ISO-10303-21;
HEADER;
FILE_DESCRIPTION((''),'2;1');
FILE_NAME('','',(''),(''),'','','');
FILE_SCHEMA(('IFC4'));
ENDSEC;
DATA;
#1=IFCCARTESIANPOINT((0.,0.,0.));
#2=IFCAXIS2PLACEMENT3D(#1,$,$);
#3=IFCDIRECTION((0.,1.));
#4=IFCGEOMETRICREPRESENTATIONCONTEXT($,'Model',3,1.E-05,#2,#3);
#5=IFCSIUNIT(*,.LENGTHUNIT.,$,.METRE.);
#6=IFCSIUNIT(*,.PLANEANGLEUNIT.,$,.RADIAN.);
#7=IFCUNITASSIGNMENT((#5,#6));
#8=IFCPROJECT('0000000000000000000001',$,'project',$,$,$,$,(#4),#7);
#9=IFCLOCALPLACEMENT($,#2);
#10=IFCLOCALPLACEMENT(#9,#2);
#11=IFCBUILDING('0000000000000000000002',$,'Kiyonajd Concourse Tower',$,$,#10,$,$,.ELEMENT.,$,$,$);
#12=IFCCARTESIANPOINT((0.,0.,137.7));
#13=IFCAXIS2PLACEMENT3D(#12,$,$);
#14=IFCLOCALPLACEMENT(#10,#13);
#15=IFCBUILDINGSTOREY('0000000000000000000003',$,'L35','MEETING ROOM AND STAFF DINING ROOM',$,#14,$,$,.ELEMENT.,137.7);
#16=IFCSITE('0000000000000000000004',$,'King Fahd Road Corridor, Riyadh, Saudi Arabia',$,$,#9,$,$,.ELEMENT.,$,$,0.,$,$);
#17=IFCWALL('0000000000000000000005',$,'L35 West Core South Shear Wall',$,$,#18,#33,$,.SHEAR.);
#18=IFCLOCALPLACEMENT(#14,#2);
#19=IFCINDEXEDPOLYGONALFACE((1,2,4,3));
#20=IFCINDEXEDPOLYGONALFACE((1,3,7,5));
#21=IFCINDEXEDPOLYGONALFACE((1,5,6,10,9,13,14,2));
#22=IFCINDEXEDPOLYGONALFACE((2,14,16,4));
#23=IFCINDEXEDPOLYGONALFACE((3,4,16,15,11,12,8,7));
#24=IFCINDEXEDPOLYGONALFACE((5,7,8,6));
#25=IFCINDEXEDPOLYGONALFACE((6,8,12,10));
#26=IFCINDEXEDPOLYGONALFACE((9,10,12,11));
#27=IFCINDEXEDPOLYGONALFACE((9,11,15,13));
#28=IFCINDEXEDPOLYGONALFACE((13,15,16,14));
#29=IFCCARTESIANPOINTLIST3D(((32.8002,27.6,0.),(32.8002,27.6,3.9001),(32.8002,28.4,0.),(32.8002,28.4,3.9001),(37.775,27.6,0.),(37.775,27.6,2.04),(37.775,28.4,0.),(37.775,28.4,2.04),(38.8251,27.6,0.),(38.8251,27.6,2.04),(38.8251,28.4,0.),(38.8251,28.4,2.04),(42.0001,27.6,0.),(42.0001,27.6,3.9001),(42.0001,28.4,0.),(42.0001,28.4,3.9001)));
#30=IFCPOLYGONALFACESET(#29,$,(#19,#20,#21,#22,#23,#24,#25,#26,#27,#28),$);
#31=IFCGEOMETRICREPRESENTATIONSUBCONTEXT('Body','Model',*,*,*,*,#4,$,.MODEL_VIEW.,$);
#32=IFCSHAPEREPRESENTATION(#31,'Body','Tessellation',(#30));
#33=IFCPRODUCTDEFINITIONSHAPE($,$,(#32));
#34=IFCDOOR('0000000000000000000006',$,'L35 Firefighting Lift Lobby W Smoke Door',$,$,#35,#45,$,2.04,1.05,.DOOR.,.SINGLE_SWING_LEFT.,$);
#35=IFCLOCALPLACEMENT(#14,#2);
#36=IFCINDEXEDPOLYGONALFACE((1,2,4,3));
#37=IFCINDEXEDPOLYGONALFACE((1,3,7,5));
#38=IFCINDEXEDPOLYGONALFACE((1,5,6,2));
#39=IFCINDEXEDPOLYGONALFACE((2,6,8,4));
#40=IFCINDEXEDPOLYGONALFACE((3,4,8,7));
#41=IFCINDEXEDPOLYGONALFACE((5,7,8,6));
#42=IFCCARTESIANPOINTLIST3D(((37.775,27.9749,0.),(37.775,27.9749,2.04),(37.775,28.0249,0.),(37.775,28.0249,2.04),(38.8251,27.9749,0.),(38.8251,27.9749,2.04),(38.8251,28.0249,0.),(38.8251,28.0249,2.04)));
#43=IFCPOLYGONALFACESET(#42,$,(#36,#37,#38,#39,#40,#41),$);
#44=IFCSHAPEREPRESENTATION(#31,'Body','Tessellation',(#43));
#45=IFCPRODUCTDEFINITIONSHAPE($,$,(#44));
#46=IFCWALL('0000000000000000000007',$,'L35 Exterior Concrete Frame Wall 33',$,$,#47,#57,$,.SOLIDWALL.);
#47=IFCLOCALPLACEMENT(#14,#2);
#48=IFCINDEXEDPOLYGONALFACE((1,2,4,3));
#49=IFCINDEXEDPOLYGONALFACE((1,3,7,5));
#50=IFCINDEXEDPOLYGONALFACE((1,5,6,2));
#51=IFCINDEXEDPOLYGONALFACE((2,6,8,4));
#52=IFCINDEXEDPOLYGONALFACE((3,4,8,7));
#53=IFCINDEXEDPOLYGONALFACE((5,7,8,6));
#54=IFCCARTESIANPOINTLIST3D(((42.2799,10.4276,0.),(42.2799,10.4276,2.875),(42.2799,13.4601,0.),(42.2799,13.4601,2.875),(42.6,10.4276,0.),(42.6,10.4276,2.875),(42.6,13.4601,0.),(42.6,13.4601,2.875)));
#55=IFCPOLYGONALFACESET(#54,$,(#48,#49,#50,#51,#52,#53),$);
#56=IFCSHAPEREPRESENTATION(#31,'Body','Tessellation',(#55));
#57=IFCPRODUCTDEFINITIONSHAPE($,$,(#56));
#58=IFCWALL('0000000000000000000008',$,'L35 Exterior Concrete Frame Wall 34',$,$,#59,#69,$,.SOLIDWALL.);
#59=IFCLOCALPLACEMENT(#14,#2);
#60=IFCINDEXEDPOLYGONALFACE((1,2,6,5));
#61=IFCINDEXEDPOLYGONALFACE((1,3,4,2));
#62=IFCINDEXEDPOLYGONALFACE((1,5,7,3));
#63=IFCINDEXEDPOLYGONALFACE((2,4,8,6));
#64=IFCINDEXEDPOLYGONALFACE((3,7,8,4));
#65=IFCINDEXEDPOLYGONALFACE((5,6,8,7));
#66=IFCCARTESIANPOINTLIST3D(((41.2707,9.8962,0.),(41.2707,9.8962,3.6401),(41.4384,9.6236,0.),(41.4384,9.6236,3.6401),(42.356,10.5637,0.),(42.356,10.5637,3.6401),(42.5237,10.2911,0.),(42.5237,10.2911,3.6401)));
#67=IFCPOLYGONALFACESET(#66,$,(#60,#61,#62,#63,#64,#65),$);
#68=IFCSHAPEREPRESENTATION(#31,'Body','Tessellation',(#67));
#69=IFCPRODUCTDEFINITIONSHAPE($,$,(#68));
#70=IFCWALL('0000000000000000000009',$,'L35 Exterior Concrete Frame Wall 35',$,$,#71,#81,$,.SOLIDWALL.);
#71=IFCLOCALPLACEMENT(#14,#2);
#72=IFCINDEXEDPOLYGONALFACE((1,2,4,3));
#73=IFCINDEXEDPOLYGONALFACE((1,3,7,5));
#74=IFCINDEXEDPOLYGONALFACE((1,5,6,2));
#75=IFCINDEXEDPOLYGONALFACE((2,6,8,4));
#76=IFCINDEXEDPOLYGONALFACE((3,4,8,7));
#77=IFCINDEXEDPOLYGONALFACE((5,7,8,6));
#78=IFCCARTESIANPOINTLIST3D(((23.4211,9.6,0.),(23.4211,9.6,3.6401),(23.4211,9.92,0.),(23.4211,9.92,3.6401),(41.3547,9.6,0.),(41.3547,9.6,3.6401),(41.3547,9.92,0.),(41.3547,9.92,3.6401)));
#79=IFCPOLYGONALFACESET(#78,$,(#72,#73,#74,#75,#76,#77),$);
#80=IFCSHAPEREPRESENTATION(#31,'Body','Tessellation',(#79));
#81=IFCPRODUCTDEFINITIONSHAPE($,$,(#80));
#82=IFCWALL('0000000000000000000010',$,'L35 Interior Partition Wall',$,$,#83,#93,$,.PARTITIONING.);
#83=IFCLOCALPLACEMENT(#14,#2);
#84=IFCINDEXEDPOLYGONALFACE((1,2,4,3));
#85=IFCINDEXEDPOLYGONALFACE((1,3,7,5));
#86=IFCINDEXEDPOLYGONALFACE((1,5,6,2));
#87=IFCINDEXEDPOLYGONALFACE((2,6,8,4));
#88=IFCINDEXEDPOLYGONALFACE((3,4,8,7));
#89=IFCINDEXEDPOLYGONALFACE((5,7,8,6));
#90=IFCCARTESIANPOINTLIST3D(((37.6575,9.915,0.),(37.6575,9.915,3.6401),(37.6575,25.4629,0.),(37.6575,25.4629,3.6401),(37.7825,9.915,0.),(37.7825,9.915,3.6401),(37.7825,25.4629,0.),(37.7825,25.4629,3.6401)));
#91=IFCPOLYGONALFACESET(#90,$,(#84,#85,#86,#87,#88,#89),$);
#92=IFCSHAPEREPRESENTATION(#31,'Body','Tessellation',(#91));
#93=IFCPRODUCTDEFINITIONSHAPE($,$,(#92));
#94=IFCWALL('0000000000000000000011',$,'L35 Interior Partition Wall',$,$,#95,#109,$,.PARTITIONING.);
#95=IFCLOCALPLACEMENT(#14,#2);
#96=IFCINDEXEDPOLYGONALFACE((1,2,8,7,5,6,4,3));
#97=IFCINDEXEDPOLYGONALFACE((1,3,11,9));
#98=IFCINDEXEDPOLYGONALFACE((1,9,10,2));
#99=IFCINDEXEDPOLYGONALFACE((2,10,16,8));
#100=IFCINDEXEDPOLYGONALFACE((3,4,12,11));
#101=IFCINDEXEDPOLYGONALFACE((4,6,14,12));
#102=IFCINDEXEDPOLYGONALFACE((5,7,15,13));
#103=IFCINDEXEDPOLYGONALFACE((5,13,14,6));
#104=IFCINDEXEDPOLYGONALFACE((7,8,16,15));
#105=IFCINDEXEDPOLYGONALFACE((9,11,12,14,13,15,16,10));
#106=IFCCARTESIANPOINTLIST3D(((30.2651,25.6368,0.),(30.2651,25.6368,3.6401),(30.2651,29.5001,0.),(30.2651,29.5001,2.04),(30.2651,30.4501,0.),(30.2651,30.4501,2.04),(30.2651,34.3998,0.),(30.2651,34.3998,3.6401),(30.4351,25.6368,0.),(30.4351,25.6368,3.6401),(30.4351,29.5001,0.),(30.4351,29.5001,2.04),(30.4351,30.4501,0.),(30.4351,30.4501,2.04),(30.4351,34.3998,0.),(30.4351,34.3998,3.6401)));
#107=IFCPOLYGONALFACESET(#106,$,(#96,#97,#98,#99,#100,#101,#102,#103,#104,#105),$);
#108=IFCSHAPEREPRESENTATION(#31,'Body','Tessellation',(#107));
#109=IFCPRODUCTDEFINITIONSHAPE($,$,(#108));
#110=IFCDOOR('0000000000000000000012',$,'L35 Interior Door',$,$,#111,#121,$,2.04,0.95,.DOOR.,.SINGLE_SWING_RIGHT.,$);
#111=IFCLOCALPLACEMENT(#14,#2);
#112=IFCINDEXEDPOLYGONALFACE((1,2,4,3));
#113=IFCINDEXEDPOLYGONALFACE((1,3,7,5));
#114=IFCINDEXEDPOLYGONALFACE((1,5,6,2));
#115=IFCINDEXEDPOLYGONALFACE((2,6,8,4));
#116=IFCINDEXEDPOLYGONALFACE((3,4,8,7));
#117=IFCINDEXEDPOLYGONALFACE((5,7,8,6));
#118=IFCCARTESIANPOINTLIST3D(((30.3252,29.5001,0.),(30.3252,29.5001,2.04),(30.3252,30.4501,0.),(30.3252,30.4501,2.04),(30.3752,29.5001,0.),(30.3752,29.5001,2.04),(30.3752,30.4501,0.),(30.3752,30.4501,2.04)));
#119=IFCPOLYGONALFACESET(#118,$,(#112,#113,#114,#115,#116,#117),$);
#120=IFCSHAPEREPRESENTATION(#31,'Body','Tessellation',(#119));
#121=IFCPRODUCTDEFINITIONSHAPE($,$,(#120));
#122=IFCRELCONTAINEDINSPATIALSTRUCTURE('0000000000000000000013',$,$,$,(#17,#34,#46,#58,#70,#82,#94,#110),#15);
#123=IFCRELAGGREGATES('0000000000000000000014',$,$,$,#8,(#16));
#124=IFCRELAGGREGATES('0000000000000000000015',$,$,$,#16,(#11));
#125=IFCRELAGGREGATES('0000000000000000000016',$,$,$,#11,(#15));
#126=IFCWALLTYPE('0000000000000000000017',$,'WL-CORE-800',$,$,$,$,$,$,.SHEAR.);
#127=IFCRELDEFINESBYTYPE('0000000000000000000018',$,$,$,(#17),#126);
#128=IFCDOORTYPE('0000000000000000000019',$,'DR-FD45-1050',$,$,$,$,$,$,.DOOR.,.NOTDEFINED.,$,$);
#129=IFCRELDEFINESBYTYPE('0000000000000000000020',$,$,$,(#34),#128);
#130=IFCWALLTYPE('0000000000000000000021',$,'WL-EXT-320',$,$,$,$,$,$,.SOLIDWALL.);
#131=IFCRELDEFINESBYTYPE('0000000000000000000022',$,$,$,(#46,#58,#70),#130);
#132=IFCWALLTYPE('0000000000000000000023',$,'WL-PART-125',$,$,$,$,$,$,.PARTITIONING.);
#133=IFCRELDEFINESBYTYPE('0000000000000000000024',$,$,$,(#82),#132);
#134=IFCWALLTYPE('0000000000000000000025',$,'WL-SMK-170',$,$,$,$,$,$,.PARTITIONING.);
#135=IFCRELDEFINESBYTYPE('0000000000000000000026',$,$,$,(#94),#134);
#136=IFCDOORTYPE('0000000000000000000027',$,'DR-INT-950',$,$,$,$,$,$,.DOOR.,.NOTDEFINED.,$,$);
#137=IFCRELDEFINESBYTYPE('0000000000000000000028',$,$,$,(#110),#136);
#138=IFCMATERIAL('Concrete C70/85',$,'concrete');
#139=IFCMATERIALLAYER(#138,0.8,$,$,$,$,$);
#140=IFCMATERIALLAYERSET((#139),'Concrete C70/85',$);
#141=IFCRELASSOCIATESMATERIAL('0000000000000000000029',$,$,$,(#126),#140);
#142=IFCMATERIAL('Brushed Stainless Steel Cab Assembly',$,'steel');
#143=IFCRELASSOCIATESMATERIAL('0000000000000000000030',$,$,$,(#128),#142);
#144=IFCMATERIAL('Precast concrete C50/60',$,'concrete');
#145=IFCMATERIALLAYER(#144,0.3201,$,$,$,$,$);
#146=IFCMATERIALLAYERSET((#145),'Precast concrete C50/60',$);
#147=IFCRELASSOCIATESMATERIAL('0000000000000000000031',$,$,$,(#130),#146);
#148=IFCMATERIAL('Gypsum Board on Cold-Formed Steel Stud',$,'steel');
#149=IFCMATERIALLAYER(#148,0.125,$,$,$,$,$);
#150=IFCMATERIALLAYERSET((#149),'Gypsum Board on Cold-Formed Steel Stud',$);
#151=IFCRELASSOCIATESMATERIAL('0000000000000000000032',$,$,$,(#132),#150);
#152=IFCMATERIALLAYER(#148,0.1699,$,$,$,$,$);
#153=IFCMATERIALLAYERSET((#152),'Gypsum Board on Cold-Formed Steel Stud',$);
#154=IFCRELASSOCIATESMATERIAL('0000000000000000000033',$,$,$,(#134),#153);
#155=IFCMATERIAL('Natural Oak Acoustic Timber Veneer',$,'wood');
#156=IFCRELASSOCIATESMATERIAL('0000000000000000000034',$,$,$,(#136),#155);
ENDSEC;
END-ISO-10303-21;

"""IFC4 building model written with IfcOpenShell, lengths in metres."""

from ifc_helpers import new_model, si_unit, direction, frame, frame_2d, origin, place, context, subcontext, project, spatial, rectangle, extrude, material, layer, layer_set, type_object, element, fill, save


model = new_model("IFC4")

# Units and contexts
model_context = context("Model", 3, precision=1e-05, world=origin(), true_north=direction((0.0, 1.0)))
body_context = subcontext(model_context, "Body", "Model", "MODEL_VIEW")
ifc_project = project(units=[si_unit("LENGTHUNIT", "METRE"), si_unit("PLANEANGLEUNIT", "RADIAN")], contexts=[model_context])

# Site, building, storey
site_placement = place(None, origin())
site = spatial("IfcSite", under=ifc_project, at=site_placement, Name="King Fahd Road Corridor, Riyadh, Saudi Arabia", CompositionType="ELEMENT", RefElevation=0.0)
building_placement = place(site_placement, origin())
building = spatial("IfcBuilding", under=site, at=building_placement, Name="Kiyonajd Concourse Tower", CompositionType="ELEMENT")
storey_placement = place(building_placement, frame((0.0, 0.0, 137.7)))
storey = spatial("IfcBuildingStorey", under=building, at=storey_placement, Name="L35", Description="MEETING ROOM AND STAFF DINING ROOM", CompositionType="ELEMENT", Elevation=137.7)

# Shared definitions
ifc_material_1 = material(Name="Concrete C70/85", Category="concrete")

# Shared definitions
ifc_material_2 = material(Name="Precast concrete C50/60", Category="concrete")

# Shared definitions
ifc_layer_1 = layer(ifc_material_1, 0.8)
ifc_layer_set_1 = layer_set([ifc_layer_1], Name="Concrete C70/85")
wall_type_1 = type_object("IfcWallType", Name="WL-CORE-800", PredefinedType="SHEAR", material=ifc_layer_set_1)

# Wall, opening, door
wall_1_placement = place(storey_placement, frame((32.8, 28.0, 0.0), z_axis=(0.0, 0.0, 1.0), x_axis=(1.0, 0.0, 0.0)))
wall_1 = element("IfcWall", 1, at=wall_1_placement, inside=storey, type_object=wall_type_1, Name="L35 West Core South Shear Wall", PredefinedType="SHEAR", context=body_context, shape_type="SweptSolid", body=[
    extrude(rectangle(XDim=9.2, YDim=0.8, at=frame_2d((4.6001, 0.0))), origin(), (0.0, 0.0, 1.0), 3.9001),
])
opening_1_placement = place(wall_1_placement, frame((4.9751, 0.0, 0.0)))
opening_1 = element("IfcOpeningElement", 2, at=opening_1_placement, cuts=wall_1, PredefinedType="OPENING", context=body_context, shape_type="SweptSolid", body=[
    extrude(rectangle(XDim=1.05, YDim=2.04, at=frame_2d((0.5249, 1.02))), frame((0.0, 0.4099, 0.0), z_axis=(0.0, -1.0, 0.0), x_axis=(1.0, 0.0, 0.0)), (0.0, 0.0, 1.0), 0.8201),
])
ifc_material_3 = material(Name="Brushed Stainless Steel Cab Assembly", Category="steel")
door_type_1 = type_object("IfcDoorType", Name="DR-FD45-1050", OperationType="NOTDEFINED", PredefinedType="DOOR", material=ifc_material_3)
door_1_placement = place(opening_1_placement, origin())
door_1 = element("IfcDoor", 3, at=door_1_placement, inside=storey, type_object=door_type_1, Name="L35 Firefighting Lift Lobby W Smoke Door", OperationType="SINGLE_SWING_LEFT", OverallHeight=2.04, OverallWidth=1.05, PredefinedType="DOOR", context=body_context, shape_type="SweptSolid", body=[
    extrude(rectangle(XDim=1.05, YDim=2.04, at=frame_2d((0.5249, 1.02))), frame((0.0, 0.0249, 0.0), z_axis=(0.0, -1.0, 0.0), x_axis=(1.0, 0.0, 0.0)), (0.0, 0.0, 1.0), 0.05),
])
fill(opening_1, door_1)

# Walls
ifc_layer_2 = layer(ifc_material_2, 0.3201)
ifc_layer_set_2 = layer_set([ifc_layer_2], Name="Precast concrete C50/60")
wall_type_2 = type_object("IfcWallType", Name="WL-EXT-320", PredefinedType="SOLIDWALL", material=ifc_layer_set_2)
wall_2_placement = place(storey_placement, frame((42.4399, 13.46, 0.0), z_axis=(0.0, 0.0, 1.0), x_axis=(0.0, -1.0, 0.0)))
element("IfcWall", 4, at=wall_2_placement, inside=storey, type_object=wall_type_2, Name="L35 Exterior Concrete Frame Wall 33", PredefinedType="SOLIDWALL", context=body_context, shape_type="SweptSolid", body=[
    extrude(rectangle(XDim=3.0325, YDim=0.3201, at=frame_2d((1.5161, 0.0))), origin(), (0.0, 0.0, 1.0), 2.875),
])
wall_3_placement = place(storey_placement, frame((42.4399, 10.4275, 0.0), z_axis=(0.0, 0.0, 1.0), x_axis=(-0.851777, -0.523905, 0.0)))
element("IfcWall", 5, at=wall_3_placement, inside=storey, type_object=wall_type_2, Name="L35 Exterior Concrete Frame Wall 34", PredefinedType="SOLIDWALL", context=body_context, shape_type="SweptSolid", body=[
    extrude(rectangle(XDim=1.2742, YDim=0.3201, at=frame_2d((0.6372, 0.0))), origin(), (0.0, 0.0, 1.0), 3.6401),
])
wall_4_placement = place(storey_placement, frame((41.3547, 9.76, 0.0), z_axis=(0.0, 0.0, 1.0), x_axis=(-1.0, 0.0, 0.0)))
element("IfcWall", 6, at=wall_4_placement, inside=storey, type_object=wall_type_2, Name="L35 Exterior Concrete Frame Wall 35", PredefinedType="SOLIDWALL", context=body_context, shape_type="SweptSolid", body=[
    extrude(rectangle(XDim=17.9336, YDim=0.3201, at=frame_2d((8.9668, 0.0))), origin(), (0.0, 0.0, 1.0), 3.6401),
])
ifc_material_4 = material(Name="Gypsum Board on Cold-Formed Steel Stud", Category="steel")
ifc_layer_3 = layer(ifc_material_4, 0.125)
ifc_layer_set_3 = layer_set([ifc_layer_3], Name="Gypsum Board on Cold-Formed Steel Stud")
wall_type_3 = type_object("IfcWallType", Name="WL-PART-125", PredefinedType="PARTITIONING", material=ifc_layer_set_3)
wall_5_placement = place(storey_placement, frame((37.72, 9.915, 0.0), z_axis=(0.0, 0.0, 1.0), x_axis=(0.0, 1.0, 0.0)))
element("IfcWall", 7, at=wall_5_placement, inside=storey, type_object=wall_type_3, Name="L35 Interior Partition Wall", PredefinedType="PARTITIONING", context=body_context, shape_type="SweptSolid", body=[
    extrude(rectangle(XDim=15.5479, YDim=0.125, at=frame_2d((7.7739, 0.0))), origin(), (0.0, 0.0, 1.0), 3.6401),
])

# Wall, opening, door
ifc_layer_4 = layer(ifc_material_4, 0.1699)
ifc_layer_set_4 = layer_set([ifc_layer_4], Name="Gypsum Board on Cold-Formed Steel Stud")
wall_type_4 = type_object("IfcWallType", Name="WL-SMK-170", PredefinedType="PARTITIONING", material=ifc_layer_set_4)
wall_6_placement = place(storey_placement, frame((30.3501, 25.637, 0.0), z_axis=(0.0, 0.0, 1.0), x_axis=(0.0, 1.0, 0.0)))
wall_6 = element("IfcWall", 8, at=wall_6_placement, inside=storey, type_object=wall_type_4, Name="L35 Interior Partition Wall", PredefinedType="PARTITIONING", context=body_context, shape_type="SweptSolid", body=[
    extrude(rectangle(XDim=8.7629, YDim=0.1699, at=frame_2d((4.3813, 0.0))), origin(), (0.0, 0.0, 1.0), 3.6401),
])
opening_2_placement = place(wall_6_placement, frame((3.863, 0.0, 0.0)))
opening_2 = element("IfcOpeningElement", 9, at=opening_2_placement, cuts=wall_6, PredefinedType="OPENING", context=body_context, shape_type="SweptSolid", body=[
    extrude(rectangle(XDim=0.95, YDim=2.04, at=frame_2d((0.4751, 1.02))), frame((0.0, 0.095, 0.0), z_axis=(0.0, -1.0, 0.0), x_axis=(1.0, 0.0, 0.0)), (0.0, 0.0, 1.0), 0.1899),
])
ifc_material_5 = material(Name="Natural Oak Acoustic Timber Veneer", Category="wood")
door_type_2 = type_object("IfcDoorType", Name="DR-INT-950", OperationType="NOTDEFINED", PredefinedType="DOOR", material=ifc_material_5)
door_2_placement = place(opening_2_placement, origin())
door_2 = element("IfcDoor", 10, at=door_2_placement, inside=storey, type_object=door_type_2, Name="L35 Interior Door", OperationType="SINGLE_SWING_RIGHT", OverallHeight=2.04, OverallWidth=0.95, PredefinedType="DOOR", context=body_context, shape_type="SweptSolid", body=[
    extrude(rectangle(XDim=0.95, YDim=2.04, at=frame_2d((0.4751, 1.02))), frame((0.0, 0.0249, 0.0), z_axis=(0.0, -1.0, 0.0), x_axis=(1.0, 0.0, 0.0)), (0.0, 0.0, 1.0), 0.05),
])
fill(opening_2, door_2)

save(model, "model.ifc")
